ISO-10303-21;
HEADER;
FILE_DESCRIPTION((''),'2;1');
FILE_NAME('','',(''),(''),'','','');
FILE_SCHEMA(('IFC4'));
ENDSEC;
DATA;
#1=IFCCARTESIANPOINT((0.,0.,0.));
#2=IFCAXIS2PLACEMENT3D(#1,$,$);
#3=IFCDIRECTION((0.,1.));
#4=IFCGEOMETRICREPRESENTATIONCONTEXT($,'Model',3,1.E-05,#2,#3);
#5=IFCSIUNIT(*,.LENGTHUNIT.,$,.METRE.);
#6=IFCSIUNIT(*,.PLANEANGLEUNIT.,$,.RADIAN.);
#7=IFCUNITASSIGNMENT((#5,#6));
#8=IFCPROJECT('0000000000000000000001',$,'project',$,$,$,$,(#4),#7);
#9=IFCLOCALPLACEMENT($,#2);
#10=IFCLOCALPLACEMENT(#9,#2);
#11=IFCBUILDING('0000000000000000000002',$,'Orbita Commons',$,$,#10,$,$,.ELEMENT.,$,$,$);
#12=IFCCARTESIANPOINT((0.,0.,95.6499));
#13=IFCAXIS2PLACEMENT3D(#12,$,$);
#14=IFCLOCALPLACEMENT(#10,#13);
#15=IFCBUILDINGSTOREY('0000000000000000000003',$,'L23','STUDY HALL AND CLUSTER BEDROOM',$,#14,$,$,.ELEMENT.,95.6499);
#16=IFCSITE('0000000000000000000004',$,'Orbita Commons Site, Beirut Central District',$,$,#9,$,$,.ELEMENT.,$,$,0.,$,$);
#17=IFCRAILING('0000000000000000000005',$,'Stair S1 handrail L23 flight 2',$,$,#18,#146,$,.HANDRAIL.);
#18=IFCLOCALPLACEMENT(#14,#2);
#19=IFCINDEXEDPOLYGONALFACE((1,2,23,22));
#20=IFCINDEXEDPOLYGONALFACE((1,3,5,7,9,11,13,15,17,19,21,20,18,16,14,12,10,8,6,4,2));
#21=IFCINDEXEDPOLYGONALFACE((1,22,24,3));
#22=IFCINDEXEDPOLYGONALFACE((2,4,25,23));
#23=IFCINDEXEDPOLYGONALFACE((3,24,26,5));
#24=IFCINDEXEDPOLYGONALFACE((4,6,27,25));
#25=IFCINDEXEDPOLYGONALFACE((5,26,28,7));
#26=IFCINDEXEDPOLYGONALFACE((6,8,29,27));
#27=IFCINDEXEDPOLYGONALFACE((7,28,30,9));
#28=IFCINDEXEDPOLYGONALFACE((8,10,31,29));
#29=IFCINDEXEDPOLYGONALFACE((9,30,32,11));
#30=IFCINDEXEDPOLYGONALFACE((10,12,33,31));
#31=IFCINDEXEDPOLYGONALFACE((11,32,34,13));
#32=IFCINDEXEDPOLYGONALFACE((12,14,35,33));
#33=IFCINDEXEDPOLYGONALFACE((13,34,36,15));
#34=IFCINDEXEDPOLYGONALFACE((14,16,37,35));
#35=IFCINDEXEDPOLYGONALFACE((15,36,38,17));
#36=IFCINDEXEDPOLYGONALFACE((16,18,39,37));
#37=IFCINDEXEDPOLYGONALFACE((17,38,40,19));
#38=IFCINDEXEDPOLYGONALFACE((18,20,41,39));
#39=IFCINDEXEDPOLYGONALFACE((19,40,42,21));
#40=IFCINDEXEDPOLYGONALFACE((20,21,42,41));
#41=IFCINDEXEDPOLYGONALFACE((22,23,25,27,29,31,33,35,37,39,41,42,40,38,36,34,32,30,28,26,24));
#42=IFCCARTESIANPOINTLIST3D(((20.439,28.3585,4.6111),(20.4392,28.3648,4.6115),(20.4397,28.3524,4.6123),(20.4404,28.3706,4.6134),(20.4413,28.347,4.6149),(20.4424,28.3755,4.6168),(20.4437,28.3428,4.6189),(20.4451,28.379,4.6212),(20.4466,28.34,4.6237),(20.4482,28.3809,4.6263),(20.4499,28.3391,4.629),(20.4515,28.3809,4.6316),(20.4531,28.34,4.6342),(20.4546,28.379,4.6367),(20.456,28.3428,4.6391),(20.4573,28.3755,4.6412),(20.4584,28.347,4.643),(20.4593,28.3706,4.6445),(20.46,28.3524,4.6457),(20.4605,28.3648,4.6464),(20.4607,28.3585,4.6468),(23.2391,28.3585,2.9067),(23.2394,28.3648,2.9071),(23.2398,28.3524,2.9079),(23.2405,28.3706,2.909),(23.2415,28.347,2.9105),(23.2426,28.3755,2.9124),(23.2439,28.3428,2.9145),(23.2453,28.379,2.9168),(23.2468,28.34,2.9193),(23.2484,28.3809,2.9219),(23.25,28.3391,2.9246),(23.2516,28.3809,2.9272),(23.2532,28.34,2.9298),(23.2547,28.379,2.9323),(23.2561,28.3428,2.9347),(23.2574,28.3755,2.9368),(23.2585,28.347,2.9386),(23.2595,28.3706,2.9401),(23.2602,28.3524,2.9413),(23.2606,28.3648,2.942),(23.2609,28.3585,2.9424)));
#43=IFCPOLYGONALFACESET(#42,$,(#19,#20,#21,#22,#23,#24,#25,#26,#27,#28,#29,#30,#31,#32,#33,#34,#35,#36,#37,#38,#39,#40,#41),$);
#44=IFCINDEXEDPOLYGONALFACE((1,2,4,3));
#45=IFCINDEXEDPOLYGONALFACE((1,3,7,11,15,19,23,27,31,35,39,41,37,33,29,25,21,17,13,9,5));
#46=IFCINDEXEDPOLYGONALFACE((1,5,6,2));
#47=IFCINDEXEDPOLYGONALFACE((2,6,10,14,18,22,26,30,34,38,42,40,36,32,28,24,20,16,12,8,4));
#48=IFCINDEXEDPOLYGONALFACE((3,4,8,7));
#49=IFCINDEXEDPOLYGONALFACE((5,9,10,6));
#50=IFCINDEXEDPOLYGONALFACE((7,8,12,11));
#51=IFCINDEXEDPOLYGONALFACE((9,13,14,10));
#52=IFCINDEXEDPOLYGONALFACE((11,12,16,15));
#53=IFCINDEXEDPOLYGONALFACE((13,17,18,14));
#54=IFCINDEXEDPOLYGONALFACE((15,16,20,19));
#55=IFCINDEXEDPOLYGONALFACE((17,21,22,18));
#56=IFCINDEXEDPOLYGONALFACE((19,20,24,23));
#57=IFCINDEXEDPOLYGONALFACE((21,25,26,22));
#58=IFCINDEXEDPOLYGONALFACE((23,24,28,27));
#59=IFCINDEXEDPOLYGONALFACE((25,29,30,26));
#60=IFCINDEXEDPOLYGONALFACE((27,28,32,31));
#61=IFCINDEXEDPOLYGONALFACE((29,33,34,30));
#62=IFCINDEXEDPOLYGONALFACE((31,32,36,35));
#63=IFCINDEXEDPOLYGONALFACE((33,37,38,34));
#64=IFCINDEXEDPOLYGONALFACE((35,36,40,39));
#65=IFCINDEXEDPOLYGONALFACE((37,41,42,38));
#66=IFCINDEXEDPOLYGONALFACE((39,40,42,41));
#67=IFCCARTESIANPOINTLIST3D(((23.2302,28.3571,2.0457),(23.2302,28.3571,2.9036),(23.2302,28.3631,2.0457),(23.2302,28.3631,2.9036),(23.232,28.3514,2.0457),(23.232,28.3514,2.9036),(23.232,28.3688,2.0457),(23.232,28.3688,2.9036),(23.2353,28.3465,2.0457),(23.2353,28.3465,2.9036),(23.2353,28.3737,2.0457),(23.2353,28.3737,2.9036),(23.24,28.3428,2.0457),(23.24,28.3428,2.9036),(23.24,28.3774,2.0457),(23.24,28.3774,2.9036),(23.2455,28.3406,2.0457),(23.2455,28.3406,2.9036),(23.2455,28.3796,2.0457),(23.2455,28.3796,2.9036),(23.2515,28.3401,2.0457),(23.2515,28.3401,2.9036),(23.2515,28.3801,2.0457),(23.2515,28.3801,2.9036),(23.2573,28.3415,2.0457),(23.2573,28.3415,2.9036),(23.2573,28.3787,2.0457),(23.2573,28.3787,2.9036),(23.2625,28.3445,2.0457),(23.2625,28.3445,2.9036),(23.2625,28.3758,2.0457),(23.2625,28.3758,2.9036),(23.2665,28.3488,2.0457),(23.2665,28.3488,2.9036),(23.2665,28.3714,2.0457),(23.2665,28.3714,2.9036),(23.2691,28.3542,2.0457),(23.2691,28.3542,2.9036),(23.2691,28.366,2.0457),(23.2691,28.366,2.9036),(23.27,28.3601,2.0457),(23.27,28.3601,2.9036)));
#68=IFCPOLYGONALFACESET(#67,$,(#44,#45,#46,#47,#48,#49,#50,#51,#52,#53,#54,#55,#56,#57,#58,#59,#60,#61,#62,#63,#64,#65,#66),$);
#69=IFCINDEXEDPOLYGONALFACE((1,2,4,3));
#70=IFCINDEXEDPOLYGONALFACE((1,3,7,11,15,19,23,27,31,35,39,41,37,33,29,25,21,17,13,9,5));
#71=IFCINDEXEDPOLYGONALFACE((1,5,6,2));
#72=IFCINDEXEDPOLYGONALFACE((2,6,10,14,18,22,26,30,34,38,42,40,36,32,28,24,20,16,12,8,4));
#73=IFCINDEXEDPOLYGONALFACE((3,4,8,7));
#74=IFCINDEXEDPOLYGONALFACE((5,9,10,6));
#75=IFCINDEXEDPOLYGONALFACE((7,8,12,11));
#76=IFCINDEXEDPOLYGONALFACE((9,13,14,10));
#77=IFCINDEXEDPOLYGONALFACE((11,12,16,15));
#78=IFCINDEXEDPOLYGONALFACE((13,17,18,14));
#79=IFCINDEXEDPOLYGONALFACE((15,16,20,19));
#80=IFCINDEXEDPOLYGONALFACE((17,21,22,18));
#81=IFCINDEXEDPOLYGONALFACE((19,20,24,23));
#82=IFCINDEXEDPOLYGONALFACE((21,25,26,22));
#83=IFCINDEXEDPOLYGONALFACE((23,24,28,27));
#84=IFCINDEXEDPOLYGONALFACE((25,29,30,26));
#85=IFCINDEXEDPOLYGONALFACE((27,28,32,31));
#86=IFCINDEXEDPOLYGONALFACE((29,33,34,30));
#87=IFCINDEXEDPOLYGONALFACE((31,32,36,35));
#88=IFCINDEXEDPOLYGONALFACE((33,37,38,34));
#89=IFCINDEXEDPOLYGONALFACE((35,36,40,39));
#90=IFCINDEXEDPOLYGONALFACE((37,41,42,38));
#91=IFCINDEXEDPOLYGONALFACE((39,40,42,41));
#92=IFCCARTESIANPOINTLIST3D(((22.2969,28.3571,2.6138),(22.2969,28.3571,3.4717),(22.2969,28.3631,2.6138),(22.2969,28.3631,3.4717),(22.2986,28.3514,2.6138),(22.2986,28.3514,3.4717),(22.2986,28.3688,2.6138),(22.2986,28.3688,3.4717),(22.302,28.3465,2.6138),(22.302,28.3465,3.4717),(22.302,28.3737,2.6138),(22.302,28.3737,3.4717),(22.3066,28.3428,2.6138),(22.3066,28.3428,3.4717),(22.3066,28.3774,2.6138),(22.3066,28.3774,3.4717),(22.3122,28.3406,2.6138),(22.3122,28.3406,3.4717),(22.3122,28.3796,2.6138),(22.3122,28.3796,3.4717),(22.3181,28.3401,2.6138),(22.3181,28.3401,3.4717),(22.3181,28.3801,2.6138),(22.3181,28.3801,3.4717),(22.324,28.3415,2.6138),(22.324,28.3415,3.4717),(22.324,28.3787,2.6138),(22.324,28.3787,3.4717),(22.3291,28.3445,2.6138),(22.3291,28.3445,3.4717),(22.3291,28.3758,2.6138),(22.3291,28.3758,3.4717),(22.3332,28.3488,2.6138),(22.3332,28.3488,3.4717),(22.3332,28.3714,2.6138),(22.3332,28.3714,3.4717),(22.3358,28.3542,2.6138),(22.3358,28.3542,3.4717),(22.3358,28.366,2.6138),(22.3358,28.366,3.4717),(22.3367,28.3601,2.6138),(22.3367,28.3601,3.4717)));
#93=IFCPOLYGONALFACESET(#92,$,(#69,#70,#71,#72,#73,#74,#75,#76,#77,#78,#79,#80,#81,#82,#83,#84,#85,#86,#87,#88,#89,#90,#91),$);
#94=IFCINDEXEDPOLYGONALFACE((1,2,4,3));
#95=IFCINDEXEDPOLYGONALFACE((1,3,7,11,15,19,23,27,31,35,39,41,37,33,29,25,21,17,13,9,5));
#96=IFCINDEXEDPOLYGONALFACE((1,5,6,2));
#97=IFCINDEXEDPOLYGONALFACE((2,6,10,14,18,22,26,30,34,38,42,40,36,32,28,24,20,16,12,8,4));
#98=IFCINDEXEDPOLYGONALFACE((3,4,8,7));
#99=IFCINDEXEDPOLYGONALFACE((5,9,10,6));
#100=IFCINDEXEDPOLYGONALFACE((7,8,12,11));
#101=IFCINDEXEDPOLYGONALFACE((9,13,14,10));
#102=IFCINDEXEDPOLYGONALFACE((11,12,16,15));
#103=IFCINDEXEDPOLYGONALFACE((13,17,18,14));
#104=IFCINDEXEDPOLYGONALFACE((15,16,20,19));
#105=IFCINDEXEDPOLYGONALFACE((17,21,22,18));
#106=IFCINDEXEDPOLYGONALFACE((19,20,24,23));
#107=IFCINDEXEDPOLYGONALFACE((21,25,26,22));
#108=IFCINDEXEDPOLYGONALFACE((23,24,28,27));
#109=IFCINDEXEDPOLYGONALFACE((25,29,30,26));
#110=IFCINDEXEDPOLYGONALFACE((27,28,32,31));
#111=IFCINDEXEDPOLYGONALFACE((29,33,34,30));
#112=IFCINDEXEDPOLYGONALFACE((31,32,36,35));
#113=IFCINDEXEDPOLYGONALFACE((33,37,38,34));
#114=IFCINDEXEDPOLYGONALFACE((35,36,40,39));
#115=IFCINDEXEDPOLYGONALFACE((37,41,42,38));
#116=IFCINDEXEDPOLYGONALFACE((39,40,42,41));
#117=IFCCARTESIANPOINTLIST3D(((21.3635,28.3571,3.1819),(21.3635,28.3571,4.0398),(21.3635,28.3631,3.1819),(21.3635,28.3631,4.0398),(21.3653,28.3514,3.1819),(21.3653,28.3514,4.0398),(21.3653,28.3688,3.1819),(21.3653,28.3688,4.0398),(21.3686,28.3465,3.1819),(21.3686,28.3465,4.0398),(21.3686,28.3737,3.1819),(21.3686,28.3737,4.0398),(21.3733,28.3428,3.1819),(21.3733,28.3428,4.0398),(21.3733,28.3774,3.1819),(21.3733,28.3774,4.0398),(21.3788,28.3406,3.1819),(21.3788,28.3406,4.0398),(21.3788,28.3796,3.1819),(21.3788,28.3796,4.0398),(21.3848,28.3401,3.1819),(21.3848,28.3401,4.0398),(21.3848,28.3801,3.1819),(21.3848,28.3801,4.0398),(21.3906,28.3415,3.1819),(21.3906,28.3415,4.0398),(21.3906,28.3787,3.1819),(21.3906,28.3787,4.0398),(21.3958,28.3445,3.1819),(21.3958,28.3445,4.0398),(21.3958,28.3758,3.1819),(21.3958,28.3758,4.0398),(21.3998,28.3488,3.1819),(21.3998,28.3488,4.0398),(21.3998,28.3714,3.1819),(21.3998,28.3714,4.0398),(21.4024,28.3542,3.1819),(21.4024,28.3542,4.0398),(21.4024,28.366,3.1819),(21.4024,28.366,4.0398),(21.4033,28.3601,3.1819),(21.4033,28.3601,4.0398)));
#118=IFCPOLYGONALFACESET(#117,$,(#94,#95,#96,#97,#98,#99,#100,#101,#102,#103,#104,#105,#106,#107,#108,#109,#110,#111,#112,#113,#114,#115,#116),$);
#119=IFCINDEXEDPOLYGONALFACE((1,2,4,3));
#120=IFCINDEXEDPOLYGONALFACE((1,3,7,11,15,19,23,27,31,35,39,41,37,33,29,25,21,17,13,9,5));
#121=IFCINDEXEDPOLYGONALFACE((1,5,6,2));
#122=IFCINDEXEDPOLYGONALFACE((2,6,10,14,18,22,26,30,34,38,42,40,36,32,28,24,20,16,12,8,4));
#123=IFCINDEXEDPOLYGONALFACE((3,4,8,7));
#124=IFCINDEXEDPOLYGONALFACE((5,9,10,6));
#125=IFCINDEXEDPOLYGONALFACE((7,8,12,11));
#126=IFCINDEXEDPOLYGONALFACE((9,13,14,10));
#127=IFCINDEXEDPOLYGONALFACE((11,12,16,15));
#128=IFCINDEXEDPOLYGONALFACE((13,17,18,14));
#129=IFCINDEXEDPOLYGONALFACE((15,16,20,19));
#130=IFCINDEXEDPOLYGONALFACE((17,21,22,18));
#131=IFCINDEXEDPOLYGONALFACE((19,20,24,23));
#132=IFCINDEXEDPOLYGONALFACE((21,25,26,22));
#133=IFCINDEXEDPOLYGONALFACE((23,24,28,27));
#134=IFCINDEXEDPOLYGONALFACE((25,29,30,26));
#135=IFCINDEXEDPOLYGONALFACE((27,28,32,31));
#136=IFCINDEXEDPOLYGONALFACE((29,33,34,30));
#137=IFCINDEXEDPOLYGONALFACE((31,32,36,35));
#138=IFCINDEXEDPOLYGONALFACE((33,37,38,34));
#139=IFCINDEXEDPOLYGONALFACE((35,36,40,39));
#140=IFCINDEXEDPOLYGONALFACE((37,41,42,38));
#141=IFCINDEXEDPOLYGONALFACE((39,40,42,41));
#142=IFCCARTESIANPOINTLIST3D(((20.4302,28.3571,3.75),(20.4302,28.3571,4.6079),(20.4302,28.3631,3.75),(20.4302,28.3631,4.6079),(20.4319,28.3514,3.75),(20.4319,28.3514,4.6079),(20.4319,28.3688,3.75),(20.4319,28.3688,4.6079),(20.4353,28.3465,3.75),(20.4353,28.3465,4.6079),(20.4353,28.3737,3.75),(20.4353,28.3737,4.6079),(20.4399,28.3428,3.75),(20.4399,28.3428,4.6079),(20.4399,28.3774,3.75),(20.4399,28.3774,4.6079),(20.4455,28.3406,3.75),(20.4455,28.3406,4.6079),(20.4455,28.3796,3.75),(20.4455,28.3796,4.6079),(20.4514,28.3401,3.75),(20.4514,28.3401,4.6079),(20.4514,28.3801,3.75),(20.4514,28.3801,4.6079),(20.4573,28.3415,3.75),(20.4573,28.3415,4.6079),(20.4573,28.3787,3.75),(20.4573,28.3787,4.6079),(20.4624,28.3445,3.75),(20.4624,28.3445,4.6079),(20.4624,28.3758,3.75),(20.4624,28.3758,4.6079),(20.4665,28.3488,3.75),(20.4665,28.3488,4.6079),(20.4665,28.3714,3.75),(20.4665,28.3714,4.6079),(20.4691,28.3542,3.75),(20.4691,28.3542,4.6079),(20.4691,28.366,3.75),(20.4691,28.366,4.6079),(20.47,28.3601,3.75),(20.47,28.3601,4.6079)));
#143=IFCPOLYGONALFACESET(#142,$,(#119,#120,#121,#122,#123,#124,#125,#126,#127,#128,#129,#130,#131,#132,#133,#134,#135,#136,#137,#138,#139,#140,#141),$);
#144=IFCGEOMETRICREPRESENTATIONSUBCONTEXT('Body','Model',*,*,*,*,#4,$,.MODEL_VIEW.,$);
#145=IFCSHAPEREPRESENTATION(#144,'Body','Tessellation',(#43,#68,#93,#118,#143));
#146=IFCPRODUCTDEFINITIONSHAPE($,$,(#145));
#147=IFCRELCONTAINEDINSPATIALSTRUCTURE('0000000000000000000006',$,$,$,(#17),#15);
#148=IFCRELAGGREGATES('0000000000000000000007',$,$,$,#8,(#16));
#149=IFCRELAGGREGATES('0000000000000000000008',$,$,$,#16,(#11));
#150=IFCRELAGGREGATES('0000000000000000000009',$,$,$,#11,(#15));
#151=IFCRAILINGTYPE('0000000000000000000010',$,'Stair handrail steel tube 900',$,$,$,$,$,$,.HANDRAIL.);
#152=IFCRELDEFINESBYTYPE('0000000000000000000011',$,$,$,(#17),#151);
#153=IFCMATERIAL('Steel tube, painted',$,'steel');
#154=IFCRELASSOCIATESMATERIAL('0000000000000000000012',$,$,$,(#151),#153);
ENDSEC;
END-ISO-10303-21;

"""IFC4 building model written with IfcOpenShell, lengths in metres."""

from ifc_helpers import new_model, si_unit, direction, frame, origin, origin_2d, place, context, subcontext, project, spatial, circle, extrude, material, type_object, element, save


model = new_model("IFC4")

# Units and contexts
model_context = context("Model", 3, precision=1e-05, world=origin(), true_north=direction((0.0, 1.0)))
body_context = subcontext(model_context, "Body", "Model", "MODEL_VIEW")
ifc_project = project(units=[si_unit("LENGTHUNIT", "METRE"), si_unit("PLANEANGLEUNIT", "RADIAN")], contexts=[model_context])

# Site, building, storey
site_placement = place(None, origin())
site = spatial("IfcSite", under=ifc_project, at=site_placement, Name="Orbita Commons Site, Beirut Central District", CompositionType="ELEMENT", RefElevation=0.0)
building_placement = place(site_placement, origin())
building = spatial("IfcBuilding", under=site, at=building_placement, Name="Orbita Commons", CompositionType="ELEMENT")
storey_placement = place(building_placement, frame((0.0, 0.0, 95.6499)))
storey = spatial("IfcBuildingStorey", under=building, at=storey_placement, Name="L23", Description="STUDY HALL AND CLUSTER BEDROOM", CompositionType="ELEMENT", Elevation=95.6499)

# Railing
ifc_material = material(Name="Steel tube, painted", Category="steel")
railing_type = type_object("IfcRailingType", Name="Stair handrail steel tube 900", PredefinedType="HANDRAIL", material=ifc_material)
for number, where, name in (
    (1, (23.25, 28.3601, 2.0457), "Stair S1 handrail L23 flight 2"),
):
    element("IfcRailing", number, at=place(storey_placement, frame(where)), inside=storey, type_object=railing_type, Name=name, PredefinedType="HANDRAIL", context=body_context, shape_type="SweptSolid", body=[
        extrude(circle(Radius=0.021, at=origin_2d()), frame((0.0, 0.0, 0.8789), z_axis=(-0.854203, 0.0, 0.51994), x_axis=(0.0, -1.0, 0.0)), (0.0, 0.0, 1.0), 3.2781),
        extrude(circle(Radius=0.02, at=origin_2d()), origin(), (0.0, 0.0, 1.0), 0.8579),
        extrude(circle(Radius=0.02, at=origin_2d()), frame((-0.9333, 0.0, 0.5681)), (0.0, 0.0, 1.0), 0.8579),
        extrude(circle(Radius=0.02, at=origin_2d()), frame((-1.8667, 0.0, 1.1362)), (0.0, 0.0, 1.0), 0.8579),
        extrude(circle(Radius=0.02, at=origin_2d()), frame((-2.8, 0.0, 1.7043)), (0.0, 0.0, 1.0), 0.8579),
    ])

save(model, "model.ifc")
